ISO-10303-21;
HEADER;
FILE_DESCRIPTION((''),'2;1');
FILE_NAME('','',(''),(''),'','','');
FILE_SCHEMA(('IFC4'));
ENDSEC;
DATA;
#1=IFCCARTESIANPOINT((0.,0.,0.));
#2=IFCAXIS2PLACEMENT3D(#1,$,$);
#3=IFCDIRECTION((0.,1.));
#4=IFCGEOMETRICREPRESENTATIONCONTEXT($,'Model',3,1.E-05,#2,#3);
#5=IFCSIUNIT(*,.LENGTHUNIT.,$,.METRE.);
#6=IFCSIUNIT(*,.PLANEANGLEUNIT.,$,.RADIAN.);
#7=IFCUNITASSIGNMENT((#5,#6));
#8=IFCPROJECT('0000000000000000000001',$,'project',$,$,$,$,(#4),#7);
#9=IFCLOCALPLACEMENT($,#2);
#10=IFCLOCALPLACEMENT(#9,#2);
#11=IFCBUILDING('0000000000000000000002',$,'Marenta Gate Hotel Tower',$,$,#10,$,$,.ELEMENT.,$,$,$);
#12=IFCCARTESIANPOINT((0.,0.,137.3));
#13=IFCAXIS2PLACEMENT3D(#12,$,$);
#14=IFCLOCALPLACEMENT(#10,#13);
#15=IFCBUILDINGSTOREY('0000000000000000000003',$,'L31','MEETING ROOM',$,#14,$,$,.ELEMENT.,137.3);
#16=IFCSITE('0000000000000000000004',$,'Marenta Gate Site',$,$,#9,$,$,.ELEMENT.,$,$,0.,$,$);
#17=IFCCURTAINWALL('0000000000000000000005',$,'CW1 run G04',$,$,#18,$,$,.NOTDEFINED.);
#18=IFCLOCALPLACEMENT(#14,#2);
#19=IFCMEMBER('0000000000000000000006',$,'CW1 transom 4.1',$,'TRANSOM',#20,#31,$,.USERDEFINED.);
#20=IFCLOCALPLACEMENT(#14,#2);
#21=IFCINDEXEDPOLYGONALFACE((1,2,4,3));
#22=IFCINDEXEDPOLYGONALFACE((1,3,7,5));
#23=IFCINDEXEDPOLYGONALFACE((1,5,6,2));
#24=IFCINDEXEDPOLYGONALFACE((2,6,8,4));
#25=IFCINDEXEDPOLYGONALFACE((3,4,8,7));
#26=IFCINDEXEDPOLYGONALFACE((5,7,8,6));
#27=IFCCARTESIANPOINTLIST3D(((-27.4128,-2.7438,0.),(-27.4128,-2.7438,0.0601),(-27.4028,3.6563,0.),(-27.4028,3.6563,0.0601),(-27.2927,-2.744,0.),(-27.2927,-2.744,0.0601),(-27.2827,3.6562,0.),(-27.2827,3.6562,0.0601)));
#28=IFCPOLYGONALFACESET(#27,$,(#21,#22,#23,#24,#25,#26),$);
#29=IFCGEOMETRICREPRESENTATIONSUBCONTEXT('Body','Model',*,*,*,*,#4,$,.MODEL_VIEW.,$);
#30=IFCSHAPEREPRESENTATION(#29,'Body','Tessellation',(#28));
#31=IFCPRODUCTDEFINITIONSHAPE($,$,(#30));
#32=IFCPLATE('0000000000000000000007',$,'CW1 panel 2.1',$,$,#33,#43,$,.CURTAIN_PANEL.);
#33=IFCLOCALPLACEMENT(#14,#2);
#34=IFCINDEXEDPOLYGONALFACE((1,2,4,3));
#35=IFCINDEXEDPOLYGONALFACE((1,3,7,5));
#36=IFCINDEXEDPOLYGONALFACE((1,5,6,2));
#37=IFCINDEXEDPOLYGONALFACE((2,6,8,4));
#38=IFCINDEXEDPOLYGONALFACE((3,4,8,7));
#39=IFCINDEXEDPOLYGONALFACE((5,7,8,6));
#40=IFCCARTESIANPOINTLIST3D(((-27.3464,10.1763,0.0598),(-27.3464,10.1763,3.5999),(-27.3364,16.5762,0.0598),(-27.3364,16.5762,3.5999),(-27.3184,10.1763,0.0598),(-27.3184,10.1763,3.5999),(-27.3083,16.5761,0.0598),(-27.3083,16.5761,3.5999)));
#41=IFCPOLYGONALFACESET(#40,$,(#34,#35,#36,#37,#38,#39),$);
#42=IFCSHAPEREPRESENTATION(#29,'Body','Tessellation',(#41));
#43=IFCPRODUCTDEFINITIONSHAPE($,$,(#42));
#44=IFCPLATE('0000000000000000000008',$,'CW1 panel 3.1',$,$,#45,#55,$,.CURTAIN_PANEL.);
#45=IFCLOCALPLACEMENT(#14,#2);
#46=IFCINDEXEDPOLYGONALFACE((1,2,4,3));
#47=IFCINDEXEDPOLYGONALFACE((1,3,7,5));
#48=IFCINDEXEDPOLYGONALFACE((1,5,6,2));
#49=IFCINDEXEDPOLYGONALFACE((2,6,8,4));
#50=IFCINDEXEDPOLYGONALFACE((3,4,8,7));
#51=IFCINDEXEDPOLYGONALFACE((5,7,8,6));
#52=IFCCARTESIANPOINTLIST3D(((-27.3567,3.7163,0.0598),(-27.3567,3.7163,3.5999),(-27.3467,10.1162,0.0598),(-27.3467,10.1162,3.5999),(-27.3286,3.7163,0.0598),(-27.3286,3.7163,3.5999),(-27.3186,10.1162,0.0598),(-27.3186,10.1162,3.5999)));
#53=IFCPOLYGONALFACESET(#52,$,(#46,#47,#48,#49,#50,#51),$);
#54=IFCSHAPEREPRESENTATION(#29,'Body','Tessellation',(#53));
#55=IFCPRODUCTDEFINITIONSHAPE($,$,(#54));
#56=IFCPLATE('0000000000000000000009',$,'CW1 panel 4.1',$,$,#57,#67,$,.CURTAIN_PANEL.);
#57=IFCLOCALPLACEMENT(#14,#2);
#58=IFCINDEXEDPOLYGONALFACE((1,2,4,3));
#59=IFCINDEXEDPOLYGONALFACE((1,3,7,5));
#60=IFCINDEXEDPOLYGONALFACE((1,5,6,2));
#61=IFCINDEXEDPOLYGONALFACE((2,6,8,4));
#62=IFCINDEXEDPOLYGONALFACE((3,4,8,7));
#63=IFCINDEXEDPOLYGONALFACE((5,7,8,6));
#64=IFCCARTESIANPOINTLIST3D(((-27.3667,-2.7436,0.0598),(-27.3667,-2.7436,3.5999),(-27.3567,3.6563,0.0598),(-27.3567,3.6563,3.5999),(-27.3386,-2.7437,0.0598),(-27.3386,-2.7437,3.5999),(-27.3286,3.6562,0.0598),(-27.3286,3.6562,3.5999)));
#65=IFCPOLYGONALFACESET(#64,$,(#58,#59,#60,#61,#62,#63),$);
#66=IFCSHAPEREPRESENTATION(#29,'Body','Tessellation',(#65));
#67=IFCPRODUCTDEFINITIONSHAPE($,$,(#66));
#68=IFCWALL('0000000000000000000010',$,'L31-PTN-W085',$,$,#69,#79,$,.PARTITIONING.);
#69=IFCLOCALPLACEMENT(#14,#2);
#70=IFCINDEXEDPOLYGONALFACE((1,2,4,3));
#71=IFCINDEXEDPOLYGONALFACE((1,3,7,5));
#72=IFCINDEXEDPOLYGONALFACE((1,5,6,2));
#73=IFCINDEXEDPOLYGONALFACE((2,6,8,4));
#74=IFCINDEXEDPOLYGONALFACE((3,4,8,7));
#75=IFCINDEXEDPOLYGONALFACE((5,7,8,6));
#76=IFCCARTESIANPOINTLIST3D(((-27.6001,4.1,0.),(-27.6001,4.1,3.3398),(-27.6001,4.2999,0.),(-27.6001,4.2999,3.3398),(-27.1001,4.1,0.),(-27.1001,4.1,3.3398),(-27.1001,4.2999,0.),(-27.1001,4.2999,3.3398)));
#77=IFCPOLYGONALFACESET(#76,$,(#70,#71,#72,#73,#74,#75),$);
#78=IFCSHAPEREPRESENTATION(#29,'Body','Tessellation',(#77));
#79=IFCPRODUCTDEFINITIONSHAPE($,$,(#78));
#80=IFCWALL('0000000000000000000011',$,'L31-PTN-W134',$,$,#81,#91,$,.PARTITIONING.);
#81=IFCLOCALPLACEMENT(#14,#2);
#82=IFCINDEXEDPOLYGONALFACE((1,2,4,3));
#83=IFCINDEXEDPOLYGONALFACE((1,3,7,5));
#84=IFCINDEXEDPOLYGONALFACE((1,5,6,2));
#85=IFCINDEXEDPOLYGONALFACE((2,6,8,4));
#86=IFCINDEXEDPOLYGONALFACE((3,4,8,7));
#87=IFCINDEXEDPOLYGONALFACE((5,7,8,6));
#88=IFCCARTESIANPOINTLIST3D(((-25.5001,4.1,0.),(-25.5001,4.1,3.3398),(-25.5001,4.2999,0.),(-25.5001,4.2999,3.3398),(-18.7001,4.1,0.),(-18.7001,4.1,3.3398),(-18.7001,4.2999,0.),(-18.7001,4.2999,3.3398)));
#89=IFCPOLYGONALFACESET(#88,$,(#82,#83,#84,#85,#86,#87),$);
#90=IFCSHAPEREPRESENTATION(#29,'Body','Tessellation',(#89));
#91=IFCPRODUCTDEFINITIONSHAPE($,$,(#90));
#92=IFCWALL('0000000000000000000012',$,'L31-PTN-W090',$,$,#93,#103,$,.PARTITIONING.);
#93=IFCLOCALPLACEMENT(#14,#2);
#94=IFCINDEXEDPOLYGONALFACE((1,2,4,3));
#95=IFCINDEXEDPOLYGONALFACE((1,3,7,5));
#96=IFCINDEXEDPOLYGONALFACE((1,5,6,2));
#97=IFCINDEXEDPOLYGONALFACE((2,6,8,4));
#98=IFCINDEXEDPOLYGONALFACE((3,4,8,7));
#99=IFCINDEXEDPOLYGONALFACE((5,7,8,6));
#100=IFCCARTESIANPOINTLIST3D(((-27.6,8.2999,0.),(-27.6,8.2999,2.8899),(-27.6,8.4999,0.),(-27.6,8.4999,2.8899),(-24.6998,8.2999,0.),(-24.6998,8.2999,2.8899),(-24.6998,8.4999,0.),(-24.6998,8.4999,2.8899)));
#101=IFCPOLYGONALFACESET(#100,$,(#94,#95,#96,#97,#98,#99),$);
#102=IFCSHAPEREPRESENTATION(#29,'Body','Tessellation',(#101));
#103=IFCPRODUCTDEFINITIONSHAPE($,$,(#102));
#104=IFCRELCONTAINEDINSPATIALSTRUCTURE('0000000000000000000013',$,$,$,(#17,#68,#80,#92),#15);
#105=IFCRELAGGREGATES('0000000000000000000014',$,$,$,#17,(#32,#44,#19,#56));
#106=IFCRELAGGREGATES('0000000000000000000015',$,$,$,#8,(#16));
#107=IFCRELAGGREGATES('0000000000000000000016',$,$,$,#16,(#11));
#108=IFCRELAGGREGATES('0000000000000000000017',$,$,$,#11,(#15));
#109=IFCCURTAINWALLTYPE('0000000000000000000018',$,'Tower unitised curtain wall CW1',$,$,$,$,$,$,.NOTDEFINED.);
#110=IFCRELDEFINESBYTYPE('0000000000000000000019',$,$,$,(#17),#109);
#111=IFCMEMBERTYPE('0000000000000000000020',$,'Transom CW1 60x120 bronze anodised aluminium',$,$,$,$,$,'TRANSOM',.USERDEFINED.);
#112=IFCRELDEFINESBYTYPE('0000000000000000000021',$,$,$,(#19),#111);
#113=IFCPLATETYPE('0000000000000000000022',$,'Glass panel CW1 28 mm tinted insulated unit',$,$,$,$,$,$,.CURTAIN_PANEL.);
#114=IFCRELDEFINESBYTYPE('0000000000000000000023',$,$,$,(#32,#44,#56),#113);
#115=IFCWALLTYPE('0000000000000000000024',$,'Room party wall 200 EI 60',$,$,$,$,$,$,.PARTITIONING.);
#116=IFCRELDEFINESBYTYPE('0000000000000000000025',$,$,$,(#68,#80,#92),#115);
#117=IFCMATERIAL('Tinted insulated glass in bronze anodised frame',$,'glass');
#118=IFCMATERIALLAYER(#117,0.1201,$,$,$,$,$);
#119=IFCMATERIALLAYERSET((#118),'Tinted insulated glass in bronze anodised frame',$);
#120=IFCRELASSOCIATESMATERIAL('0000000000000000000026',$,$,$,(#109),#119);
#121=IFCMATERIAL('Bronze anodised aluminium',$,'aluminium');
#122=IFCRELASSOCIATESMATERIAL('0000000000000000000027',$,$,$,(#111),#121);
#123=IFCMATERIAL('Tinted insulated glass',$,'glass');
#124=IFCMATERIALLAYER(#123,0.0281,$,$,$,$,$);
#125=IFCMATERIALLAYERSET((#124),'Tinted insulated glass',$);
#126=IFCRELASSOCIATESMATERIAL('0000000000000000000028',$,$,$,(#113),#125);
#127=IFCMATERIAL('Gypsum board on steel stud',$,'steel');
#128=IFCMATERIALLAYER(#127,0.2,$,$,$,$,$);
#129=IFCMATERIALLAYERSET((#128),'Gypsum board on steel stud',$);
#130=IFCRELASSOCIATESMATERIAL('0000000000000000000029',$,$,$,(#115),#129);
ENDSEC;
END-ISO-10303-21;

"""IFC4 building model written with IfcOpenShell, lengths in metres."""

from ifc_helpers import new_model, si_unit, direction, frame, frame_2d, origin, origin_2d, place, context, subcontext, project, spatial, rectangle, extrude, material, layer, layer_set, material_profile, profile_set, type_object, element, aggregate, save


model = new_model("IFC4")

# Units and contexts
model_context = context("Model", 3, precision=1e-05, world=origin(), true_north=direction((0.0, 1.0)))
body_context = subcontext(model_context, "Body", "Model", "MODEL_VIEW")
ifc_project = project(units=[si_unit("LENGTHUNIT", "METRE"), si_unit("PLANEANGLEUNIT", "RADIAN")], contexts=[model_context])

# Site, building, storey
site_placement = place(None, origin())
site = spatial("IfcSite", under=ifc_project, at=site_placement, Name="Marenta Gate Site", CompositionType="ELEMENT", RefElevation=0.0)
building_placement = place(site_placement, origin())
building = spatial("IfcBuilding", under=site, at=building_placement, Name="Marenta Gate Hotel Tower", CompositionType="ELEMENT")
storey_placement = place(building_placement, frame((0.0, 0.0, 137.3)))
storey = spatial("IfcBuildingStorey", under=building, at=storey_placement, Name="L31", Description="MEETING ROOM", CompositionType="ELEMENT", Elevation=137.3)

# Curtain wall, member, plates
ifc_material_1 = material(Name="Tinted insulated glass in bronze anodised frame", Category="glass")
ifc_layer_1 = layer(ifc_material_1, 0.1201)
ifc_layer_set_1 = layer_set([ifc_layer_1], Name="Tinted insulated glass in bronze anodised frame")
curtain_wall_type = type_object("IfcCurtainWallType", Name="Tower unitised curtain wall CW1", PredefinedType="NOTDEFINED", material=ifc_layer_set_1)
curtain_wall_placement = place(storey_placement, origin())
curtain_wall = element("IfcCurtainWall", 1, at=curtain_wall_placement, inside=storey, type_object=curtain_wall_type, Name="CW1 run G04", PredefinedType="NOTDEFINED")
ifc_material_2 = material(Name="Bronze anodised aluminium", Category="aluminium")
ifc_material_profile_1 = material_profile(ifc_material_2, rectangle(XDim=0.1201, YDim=0.0601, at=origin_2d()), Name="Transom CW1 60x120 bronze anodised aluminium")
ifc_profile_set_1 = profile_set([ifc_material_profile_1], Name="Bronze anodised aluminium")
member_type_1 = type_object("IfcMemberType", Name="Transom CW1 60x120 bronze anodised aluminium", ElementType="TRANSOM", PredefinedType="USERDEFINED", material=ifc_profile_set_1)
member_1_placement = place(storey_placement, frame((-27.3428, 3.6562, 0.03), z_axis=(-0.001564, -0.999999, 0.0), x_axis=(0.999999, -0.001564, 0.0)))
member_1 = element("IfcMember", 2, at=member_1_placement, type_object=member_type_1, Name="CW1 transom 4.1", ObjectType="TRANSOM", PredefinedType="USERDEFINED", context=body_context, shape_type="SweptSolid", body=[
    extrude(rectangle(XDim=0.1201, YDim=0.0601, at=origin_2d()), origin(), (0.0, 0.0, 1.0), 6.4001),
])
ifc_material_3 = material(Name="Tinted insulated glass", Category="glass")
ifc_layer_2 = layer(ifc_material_3, 0.0281)
ifc_layer_set_2 = layer_set([ifc_layer_2], Name="Tinted insulated glass")
plate_type = type_object("IfcPlateType", Name="Glass panel CW1 28 mm tinted insulated unit", PredefinedType="CURTAIN_PANEL", material=ifc_layer_set_2)
plate_1_placement = place(storey_placement, frame((-27.3274, 13.3762, 0.0598), z_axis=(0.0, 0.0, 1.0), x_axis=(-0.001566, -0.999999, 0.0)))
plate_1 = element("IfcPlate", 3, at=plate_1_placement, type_object=plate_type, Name="CW1 panel 2.1", PredefinedType="CURTAIN_PANEL", context=body_context, shape_type="SweptSolid", body=[
    extrude(rectangle(XDim=6.3999, YDim=0.0281, at=origin_2d()), origin(), (0.0, 0.0, 1.0), 3.54),
])
plate_2_placement = place(storey_placement, frame((-27.3376, 6.9163, 0.0598), z_axis=(0.0, 0.0, 1.0), x_axis=(-0.001566, -0.999999, 0.0)))
plate_2 = element("IfcPlate", 4, at=plate_2_placement, type_object=plate_type, Name="CW1 panel 3.1", PredefinedType="CURTAIN_PANEL", context=body_context, shape_type="SweptSolid", body=[
    extrude(rectangle(XDim=6.3999, YDim=0.0281, at=origin_2d()), origin(), (0.0, 0.0, 1.0), 3.54),
])
plate_3_placement = place(storey_placement, frame((-27.3477, 0.4563, 0.0598), z_axis=(0.0, 0.0, 1.0), x_axis=(-0.001566, -0.999999, 0.0)))
plate_3 = element("IfcPlate", 5, at=plate_3_placement, type_object=plate_type, Name="CW1 panel 4.1", PredefinedType="CURTAIN_PANEL", context=body_context, shape_type="SweptSolid", body=[
    extrude(rectangle(XDim=6.3999, YDim=0.0281, at=origin_2d()), origin(), (0.0, 0.0, 1.0), 3.54),
])
aggregate(curtain_wall, [plate_1, plate_2, member_1, plate_3])

# Walls
ifc_material_4 = material(Name="Gypsum board on steel stud", Category="steel")
ifc_layer_3 = layer(ifc_material_4, 0.2)
ifc_layer_set_3 = layer_set([ifc_layer_3], Name="Gypsum board on steel stud")
wall_type = type_object("IfcWallType", Name="Room party wall 200 EI 60", PredefinedType="PARTITIONING", material=ifc_layer_set_3)
wall_1_placement = place(storey_placement, frame((-27.6001, 4.2, 0.0), z_axis=(0.0, 0.0, 1.0), x_axis=(1.0, 0.0, 0.0)))
element("IfcWall", 6, at=wall_1_placement, inside=storey, type_object=wall_type, Name="L31-PTN-W085", PredefinedType="PARTITIONING", context=body_context, shape_type="SweptSolid", body=[
    extrude(rectangle(XDim=0.5, YDim=0.2, at=frame_2d((0.25, 0.0))), origin(), (0.0, 0.0, 1.0), 3.3398),
])
wall_2_placement = place(storey_placement, frame((-25.5, 4.2, 0.0), z_axis=(0.0, 0.0, 1.0), x_axis=(1.0, 0.0, 0.0)))
element("IfcWall", 7, at=wall_2_placement, inside=storey, type_object=wall_type, Name="L31-PTN-W134", PredefinedType="PARTITIONING", context=body_context, shape_type="SweptSolid", body=[
    extrude(rectangle(XDim=6.8, YDim=0.2, at=frame_2d((3.3999, 0.0))), origin(), (0.0, 0.0, 1.0), 3.3398),
])
wall_3_placement = place(storey_placement, frame((-27.6001, 8.3999, 0.0), z_axis=(0.0, 0.0, 1.0), x_axis=(1.0, 0.0, 0.0)))
element("IfcWall", 8, at=wall_3_placement, inside=storey, type_object=wall_type, Name="L31-PTN-W090", PredefinedType="PARTITIONING", context=body_context, shape_type="SweptSolid", body=[
    extrude(rectangle(XDim=2.9001, YDim=0.2, at=frame_2d((1.4502, 0.0))), origin(), (0.0, 0.0, 1.0), 2.8899),
])

save(model, "model.ifc")
